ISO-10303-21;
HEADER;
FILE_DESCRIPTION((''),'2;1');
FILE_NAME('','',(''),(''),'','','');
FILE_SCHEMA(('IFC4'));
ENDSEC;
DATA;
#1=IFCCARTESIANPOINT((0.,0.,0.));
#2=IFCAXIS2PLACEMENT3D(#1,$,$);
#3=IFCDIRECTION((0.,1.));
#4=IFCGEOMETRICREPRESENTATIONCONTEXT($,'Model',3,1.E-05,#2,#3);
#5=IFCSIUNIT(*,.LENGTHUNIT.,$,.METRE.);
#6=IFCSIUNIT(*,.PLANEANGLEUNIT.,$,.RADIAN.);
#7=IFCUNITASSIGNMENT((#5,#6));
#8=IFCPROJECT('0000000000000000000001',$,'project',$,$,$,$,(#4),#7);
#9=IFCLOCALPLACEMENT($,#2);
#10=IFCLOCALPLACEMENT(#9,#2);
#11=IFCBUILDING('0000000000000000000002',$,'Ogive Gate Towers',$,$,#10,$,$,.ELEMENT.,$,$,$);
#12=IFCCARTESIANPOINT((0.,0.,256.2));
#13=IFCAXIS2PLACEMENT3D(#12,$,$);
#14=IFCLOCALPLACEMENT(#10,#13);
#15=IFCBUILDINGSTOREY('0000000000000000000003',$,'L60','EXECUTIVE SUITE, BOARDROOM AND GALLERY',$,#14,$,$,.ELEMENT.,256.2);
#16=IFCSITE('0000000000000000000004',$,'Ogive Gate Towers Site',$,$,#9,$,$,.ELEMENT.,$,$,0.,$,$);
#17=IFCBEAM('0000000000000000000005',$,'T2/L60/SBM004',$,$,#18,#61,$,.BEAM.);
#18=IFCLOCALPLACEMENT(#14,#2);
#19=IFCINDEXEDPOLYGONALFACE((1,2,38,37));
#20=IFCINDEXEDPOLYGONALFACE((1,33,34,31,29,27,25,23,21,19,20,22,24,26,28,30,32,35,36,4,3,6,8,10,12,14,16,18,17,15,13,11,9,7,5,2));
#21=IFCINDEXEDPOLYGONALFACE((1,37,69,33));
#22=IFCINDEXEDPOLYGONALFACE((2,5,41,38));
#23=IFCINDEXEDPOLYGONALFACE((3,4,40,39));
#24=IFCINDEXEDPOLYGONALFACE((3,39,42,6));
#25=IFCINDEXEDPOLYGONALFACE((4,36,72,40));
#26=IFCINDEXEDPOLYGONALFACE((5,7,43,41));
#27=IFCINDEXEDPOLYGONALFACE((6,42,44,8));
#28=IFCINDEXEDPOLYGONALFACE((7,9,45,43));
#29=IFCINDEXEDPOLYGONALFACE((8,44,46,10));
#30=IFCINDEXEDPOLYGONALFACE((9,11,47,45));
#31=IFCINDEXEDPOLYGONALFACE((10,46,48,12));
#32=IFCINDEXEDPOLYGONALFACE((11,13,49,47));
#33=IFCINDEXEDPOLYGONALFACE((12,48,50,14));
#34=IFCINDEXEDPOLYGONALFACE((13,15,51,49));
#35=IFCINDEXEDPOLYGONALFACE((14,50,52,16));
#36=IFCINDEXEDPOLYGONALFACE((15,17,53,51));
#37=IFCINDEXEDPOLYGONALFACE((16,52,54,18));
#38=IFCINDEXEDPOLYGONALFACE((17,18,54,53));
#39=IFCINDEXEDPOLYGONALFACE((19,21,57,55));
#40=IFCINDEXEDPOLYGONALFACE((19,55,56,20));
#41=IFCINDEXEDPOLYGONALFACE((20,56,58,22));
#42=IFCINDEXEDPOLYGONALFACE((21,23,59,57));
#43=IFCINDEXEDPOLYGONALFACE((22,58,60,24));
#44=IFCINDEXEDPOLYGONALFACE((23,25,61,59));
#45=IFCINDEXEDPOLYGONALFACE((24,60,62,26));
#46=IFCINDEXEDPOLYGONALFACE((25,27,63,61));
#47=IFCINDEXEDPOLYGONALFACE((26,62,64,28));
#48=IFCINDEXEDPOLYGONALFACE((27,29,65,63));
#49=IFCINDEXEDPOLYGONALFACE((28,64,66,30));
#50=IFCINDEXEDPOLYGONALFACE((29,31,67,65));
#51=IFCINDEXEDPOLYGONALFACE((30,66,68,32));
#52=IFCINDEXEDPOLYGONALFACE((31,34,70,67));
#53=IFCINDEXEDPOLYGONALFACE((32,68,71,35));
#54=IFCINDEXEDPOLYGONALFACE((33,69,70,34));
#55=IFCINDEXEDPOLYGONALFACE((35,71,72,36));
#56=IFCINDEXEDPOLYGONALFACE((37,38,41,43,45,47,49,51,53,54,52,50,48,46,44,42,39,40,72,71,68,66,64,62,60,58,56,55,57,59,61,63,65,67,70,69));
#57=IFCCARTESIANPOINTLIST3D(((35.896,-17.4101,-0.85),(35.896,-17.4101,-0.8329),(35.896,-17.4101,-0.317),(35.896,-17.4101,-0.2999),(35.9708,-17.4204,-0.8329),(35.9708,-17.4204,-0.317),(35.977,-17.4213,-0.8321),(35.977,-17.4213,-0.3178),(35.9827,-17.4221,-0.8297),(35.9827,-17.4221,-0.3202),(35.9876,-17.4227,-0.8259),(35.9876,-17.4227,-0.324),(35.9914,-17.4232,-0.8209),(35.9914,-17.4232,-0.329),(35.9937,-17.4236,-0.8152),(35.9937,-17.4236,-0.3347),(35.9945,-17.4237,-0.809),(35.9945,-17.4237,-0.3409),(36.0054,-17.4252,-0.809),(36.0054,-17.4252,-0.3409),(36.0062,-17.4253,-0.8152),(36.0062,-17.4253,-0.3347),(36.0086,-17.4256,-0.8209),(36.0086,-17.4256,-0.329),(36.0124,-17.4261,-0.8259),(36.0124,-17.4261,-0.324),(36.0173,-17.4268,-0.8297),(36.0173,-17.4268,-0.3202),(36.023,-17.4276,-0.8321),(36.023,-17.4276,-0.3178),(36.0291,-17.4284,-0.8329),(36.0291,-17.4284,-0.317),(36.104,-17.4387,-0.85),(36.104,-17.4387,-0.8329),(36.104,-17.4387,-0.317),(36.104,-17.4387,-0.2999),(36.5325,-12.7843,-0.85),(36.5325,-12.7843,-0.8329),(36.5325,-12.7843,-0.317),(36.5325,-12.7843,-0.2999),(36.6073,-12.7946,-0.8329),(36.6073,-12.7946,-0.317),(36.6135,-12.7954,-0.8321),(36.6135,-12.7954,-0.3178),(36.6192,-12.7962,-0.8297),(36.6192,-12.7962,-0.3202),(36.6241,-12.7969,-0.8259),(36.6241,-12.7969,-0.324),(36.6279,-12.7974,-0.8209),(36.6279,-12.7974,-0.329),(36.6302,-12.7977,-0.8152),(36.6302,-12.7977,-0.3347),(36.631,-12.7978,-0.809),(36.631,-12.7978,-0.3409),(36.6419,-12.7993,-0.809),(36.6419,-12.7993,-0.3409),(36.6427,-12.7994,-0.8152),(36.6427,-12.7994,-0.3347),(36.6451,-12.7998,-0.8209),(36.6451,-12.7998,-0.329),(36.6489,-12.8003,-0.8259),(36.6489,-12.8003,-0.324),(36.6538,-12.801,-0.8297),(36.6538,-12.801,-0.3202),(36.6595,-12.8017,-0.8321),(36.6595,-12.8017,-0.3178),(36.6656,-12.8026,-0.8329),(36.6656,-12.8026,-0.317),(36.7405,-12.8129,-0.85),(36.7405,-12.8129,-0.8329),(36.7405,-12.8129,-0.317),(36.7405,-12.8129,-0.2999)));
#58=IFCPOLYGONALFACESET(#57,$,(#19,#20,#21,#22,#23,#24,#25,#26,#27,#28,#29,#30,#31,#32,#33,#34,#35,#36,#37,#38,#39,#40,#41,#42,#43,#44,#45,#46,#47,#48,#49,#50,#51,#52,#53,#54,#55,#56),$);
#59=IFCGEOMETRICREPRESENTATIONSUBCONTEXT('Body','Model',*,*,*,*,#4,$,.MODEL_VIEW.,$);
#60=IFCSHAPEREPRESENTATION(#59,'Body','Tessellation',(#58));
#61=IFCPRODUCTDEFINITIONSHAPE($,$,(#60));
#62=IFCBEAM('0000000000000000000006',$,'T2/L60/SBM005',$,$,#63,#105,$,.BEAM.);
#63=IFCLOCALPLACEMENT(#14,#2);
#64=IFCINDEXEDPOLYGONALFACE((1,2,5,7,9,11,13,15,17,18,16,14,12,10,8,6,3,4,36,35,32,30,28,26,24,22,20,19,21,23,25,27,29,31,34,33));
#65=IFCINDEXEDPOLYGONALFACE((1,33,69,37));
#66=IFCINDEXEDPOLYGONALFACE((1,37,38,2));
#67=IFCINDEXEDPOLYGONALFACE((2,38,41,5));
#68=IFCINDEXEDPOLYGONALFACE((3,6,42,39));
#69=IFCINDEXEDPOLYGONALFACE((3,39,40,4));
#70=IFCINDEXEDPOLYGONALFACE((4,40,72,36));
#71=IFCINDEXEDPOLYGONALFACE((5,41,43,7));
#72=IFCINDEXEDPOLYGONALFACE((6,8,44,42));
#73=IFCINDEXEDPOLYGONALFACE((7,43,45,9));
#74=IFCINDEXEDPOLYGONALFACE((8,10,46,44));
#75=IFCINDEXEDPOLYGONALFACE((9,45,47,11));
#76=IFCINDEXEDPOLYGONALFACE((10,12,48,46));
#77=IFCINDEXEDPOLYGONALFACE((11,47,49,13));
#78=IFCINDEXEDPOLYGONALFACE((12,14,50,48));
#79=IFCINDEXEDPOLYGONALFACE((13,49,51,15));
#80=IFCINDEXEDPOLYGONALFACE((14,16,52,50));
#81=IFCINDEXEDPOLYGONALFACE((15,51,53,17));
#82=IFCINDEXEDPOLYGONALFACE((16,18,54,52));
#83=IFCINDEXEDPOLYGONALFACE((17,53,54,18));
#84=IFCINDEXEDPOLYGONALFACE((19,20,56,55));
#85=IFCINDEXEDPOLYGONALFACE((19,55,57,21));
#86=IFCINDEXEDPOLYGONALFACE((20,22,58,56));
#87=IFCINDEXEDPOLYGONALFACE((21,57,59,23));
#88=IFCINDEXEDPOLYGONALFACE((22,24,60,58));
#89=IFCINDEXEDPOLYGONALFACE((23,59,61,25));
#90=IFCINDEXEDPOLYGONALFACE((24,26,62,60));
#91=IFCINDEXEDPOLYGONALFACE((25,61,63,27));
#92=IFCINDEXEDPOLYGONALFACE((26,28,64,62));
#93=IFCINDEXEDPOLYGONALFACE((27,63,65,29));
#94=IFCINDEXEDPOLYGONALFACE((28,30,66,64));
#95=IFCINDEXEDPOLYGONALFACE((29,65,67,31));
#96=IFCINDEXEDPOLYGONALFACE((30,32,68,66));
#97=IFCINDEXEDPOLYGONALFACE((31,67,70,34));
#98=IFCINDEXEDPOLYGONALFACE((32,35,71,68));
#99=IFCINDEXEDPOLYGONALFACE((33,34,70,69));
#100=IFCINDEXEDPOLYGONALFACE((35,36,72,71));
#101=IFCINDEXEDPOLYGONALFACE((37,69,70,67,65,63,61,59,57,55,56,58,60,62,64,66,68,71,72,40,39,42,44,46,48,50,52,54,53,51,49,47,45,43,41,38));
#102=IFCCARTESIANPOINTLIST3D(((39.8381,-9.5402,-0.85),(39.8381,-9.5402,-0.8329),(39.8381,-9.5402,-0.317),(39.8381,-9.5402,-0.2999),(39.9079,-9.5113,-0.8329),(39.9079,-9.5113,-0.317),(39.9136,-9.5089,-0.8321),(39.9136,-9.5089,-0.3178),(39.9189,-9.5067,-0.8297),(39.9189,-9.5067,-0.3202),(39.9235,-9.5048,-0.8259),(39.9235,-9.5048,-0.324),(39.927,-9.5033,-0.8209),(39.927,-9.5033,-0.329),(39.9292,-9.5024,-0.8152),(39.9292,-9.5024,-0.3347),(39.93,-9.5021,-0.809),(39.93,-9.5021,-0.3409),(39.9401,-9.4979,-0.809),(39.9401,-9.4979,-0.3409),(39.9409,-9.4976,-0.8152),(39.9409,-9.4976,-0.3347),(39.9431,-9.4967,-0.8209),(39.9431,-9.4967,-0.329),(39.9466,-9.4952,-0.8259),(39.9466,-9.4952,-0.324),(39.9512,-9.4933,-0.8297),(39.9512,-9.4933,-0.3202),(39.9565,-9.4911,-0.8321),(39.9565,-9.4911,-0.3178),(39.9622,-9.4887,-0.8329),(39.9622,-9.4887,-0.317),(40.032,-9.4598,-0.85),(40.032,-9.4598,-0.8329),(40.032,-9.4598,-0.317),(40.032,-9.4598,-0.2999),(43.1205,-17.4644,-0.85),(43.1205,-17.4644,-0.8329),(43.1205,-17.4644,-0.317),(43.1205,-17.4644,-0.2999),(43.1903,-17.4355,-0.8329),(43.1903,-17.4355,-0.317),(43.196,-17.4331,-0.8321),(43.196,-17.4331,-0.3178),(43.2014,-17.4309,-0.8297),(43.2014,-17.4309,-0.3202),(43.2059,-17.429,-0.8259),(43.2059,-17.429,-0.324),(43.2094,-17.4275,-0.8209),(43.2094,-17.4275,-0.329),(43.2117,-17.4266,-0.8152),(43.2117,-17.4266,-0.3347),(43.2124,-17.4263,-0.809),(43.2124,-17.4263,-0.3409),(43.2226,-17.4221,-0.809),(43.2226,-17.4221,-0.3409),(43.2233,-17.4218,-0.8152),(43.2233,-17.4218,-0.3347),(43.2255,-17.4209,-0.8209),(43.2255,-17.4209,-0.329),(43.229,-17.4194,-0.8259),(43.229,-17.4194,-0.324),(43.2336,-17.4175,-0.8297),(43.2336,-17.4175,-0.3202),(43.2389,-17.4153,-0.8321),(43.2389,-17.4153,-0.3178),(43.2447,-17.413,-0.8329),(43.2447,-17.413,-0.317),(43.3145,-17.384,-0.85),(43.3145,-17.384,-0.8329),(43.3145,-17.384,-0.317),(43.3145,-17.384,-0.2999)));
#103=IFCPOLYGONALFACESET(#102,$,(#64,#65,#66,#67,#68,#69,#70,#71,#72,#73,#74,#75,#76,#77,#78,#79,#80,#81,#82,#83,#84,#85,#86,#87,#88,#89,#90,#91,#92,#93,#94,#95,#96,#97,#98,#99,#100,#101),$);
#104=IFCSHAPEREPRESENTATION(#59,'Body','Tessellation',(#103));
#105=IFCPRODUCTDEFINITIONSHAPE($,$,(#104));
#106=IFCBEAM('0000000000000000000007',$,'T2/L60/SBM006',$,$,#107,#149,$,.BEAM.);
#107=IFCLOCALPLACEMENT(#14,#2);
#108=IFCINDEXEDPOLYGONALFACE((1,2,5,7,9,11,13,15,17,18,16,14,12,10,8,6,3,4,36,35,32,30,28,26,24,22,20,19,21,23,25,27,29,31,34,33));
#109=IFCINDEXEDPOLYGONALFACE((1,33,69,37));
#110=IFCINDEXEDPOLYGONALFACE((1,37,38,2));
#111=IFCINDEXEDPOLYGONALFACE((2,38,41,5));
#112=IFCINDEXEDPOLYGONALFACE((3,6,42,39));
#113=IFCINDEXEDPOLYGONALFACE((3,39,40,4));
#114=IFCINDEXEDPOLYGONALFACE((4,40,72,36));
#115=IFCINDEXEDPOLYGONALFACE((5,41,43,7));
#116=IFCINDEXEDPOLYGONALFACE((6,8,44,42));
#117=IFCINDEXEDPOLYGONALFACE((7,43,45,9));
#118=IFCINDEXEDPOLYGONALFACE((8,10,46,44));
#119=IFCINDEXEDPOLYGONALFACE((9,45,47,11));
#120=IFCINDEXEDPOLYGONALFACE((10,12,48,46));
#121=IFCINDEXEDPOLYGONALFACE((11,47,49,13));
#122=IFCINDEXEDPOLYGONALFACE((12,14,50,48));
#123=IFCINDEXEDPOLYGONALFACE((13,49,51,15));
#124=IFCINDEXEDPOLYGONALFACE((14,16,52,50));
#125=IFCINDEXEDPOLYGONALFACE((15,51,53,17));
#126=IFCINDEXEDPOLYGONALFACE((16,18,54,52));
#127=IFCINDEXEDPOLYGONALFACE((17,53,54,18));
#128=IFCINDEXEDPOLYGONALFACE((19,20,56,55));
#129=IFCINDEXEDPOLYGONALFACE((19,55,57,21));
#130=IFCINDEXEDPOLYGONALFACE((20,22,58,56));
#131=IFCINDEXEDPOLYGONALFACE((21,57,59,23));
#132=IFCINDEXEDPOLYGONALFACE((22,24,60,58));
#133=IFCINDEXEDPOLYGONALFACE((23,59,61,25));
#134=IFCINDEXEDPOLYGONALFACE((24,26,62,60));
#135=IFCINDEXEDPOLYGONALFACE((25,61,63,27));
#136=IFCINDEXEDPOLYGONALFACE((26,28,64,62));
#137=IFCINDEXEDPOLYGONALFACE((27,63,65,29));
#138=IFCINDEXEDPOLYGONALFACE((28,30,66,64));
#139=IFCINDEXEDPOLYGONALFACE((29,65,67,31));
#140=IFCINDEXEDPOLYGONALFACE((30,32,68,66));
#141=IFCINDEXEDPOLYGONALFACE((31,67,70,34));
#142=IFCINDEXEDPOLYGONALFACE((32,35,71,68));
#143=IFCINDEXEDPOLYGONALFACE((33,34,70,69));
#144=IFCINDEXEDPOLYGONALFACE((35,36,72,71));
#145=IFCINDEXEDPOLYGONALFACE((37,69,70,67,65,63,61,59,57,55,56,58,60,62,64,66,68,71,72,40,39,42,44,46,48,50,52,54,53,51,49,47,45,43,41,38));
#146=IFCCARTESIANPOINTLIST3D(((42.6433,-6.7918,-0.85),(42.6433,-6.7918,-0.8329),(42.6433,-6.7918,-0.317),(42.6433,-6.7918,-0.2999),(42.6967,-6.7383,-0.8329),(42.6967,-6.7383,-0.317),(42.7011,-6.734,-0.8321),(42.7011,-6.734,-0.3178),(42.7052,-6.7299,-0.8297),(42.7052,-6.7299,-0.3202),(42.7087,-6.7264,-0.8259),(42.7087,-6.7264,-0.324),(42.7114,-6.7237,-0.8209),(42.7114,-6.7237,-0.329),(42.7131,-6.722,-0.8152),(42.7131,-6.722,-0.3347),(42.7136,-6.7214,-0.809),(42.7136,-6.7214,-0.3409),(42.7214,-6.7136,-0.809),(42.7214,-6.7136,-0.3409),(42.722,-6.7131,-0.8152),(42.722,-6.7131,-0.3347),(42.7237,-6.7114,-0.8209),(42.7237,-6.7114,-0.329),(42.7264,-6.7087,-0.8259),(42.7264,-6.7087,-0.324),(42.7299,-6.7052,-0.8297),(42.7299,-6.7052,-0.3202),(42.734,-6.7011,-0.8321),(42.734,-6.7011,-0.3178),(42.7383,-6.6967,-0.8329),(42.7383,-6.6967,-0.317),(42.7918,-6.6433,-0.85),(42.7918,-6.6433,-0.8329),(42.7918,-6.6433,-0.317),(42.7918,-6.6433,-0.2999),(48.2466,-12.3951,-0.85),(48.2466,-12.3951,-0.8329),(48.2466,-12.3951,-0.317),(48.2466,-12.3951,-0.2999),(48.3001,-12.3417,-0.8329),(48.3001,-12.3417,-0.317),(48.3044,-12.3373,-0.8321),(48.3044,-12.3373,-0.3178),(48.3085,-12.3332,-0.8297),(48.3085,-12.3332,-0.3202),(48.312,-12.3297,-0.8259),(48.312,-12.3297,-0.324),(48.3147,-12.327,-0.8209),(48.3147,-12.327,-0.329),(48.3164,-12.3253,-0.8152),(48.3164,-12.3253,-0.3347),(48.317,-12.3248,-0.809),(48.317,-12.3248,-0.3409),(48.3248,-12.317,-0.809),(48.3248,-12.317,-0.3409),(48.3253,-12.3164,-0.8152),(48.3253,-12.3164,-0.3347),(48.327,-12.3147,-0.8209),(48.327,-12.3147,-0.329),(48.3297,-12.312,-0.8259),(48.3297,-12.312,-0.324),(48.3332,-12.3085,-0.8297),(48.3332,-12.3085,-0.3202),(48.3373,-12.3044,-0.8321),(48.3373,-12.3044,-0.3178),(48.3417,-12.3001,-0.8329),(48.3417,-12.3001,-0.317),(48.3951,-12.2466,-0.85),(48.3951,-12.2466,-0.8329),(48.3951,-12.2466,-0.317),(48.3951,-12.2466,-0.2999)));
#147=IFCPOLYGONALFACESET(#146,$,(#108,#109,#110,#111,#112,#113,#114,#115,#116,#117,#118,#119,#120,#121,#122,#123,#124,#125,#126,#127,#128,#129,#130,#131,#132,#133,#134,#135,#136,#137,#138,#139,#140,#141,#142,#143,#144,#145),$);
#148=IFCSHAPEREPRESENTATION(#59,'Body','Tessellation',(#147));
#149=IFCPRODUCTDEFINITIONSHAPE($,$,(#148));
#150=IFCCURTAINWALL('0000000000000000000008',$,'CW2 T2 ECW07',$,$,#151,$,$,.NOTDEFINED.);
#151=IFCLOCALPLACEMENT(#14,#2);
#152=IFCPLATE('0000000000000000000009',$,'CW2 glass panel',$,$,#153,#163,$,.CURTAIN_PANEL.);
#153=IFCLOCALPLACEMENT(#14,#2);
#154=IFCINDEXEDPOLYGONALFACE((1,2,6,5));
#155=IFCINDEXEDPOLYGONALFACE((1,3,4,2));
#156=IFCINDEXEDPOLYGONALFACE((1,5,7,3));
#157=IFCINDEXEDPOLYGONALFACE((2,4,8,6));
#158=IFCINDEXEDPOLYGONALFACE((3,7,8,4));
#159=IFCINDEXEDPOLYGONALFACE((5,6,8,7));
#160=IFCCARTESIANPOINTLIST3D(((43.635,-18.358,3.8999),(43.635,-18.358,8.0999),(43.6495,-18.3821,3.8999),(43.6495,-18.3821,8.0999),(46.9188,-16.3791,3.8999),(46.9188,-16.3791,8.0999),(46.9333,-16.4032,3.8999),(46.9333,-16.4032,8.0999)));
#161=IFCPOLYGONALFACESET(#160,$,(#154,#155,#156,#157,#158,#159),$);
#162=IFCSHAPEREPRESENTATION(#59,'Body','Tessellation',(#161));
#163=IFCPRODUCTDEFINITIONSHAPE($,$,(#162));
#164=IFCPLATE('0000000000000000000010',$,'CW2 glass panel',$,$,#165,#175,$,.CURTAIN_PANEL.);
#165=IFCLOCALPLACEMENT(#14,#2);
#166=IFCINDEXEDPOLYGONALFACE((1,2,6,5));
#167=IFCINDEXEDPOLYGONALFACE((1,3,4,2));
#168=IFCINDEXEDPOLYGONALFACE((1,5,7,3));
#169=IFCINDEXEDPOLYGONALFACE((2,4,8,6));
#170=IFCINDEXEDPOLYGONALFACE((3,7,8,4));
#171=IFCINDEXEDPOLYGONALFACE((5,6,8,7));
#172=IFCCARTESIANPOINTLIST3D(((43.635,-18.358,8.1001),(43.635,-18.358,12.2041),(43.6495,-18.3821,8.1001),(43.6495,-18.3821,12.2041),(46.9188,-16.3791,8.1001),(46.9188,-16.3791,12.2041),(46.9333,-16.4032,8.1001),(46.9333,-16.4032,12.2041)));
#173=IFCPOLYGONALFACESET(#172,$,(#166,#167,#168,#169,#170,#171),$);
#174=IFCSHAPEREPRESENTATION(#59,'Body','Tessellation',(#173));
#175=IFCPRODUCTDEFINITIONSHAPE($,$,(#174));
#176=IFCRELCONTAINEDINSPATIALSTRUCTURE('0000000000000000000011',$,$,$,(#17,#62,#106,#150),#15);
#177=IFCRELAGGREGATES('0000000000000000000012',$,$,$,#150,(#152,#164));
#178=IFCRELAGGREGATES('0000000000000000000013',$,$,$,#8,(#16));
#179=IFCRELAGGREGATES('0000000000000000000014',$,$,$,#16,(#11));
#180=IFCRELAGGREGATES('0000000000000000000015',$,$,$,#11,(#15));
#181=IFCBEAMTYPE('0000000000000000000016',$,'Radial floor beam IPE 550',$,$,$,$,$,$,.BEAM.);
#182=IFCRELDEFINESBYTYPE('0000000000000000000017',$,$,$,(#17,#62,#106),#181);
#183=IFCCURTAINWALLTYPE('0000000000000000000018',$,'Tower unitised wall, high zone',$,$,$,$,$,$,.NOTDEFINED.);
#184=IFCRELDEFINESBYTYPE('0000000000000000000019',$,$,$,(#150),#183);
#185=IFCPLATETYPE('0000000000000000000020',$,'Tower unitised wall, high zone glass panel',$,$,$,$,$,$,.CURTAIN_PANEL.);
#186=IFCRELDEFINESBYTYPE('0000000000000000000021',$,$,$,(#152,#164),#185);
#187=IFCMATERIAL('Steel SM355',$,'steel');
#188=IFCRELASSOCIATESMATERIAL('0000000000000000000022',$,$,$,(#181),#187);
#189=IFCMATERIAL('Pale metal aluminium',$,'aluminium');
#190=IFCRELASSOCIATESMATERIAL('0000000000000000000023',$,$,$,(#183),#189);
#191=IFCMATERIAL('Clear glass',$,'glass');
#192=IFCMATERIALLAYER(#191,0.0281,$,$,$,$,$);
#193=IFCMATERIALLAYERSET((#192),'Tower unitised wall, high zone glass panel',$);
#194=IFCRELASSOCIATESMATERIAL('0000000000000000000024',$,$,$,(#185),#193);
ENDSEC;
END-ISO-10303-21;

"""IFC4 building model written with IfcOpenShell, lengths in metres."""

from ifc_helpers import new_model, si_unit, direction, frame, origin, origin_2d, place, context, subcontext, project, spatial, rectangle, i_section, extrude, material, layer, layer_set, material_profile, profile_set, type_object, element, aggregate, save


model = new_model("IFC4")

# Units and contexts
model_context = context("Model", 3, precision=1e-05, world=origin(), true_north=direction((0.0, 1.0)))
body_context = subcontext(model_context, "Body", "Model", "MODEL_VIEW")
ifc_project = project(units=[si_unit("LENGTHUNIT", "METRE"), si_unit("PLANEANGLEUNIT", "RADIAN")], contexts=[model_context])

# Site, building, storey
site_placement = place(None, origin())
site = spatial("IfcSite", under=ifc_project, at=site_placement, Name="Ogive Gate Towers Site", CompositionType="ELEMENT", RefElevation=0.0)
building_placement = place(site_placement, origin())
building = spatial("IfcBuilding", under=site, at=building_placement, Name="Ogive Gate Towers", CompositionType="ELEMENT")
storey_placement = place(building_placement, frame((0.0, 0.0, 256.2)))
storey = spatial("IfcBuildingStorey", under=building, at=storey_placement, Name="L60", Description="EXECUTIVE SUITE, BOARDROOM AND GALLERY", CompositionType="ELEMENT", Elevation=256.2)

# Beams
ifc_material_1 = material(Name="Steel SM355", Category="steel")
ifc_material_profile = material_profile(ifc_material_1, i_section(OverallWidth=0.21, OverallDepth=0.55, WebThickness=0.011, FlangeThickness=0.0171, FilletRadius=0.0239, at=origin_2d()), Name="IPE 550")
ifc_profile_set = profile_set([ifc_material_profile], Name="Steel SM355")
beam_type = type_object("IfcBeamType", Name="Radial floor beam IPE 550", PredefinedType="BEAM", material=ifc_profile_set)
beam_1_placement = place(storey_placement, frame((36.6365, -12.7986, -0.575), z_axis=(-0.13631, -0.990666, 0.0), x_axis=(0.990666, -0.13631, 0.0)))
element("IfcBeam", 1, at=beam_1_placement, inside=storey, type_object=beam_type, Name="T2/L60/SBM004", PredefinedType="BEAM", context=body_context, shape_type="SweptSolid", body=[
    extrude(i_section(OverallWidth=0.21, OverallDepth=0.55, WebThickness=0.011, FlangeThickness=0.0171, FilletRadius=0.0239, at=origin_2d()), origin(), (0.0, 0.0, 1.0), 4.6694),
])
beam_2_placement = place(storey_placement, frame((39.9351, -9.5, -0.575), z_axis=(0.382695, -0.923875, 0.0), x_axis=(0.923875, 0.382695, 0.0)))
element("IfcBeam", 2, at=beam_2_placement, inside=storey, type_object=beam_type, Name="T2/L60/SBM005", PredefinedType="BEAM", context=body_context, shape_type="SweptSolid", body=[
    extrude(i_section(OverallWidth=0.21, OverallDepth=0.55, WebThickness=0.011, FlangeThickness=0.0171, FilletRadius=0.0239, at=origin_2d()), origin(), (0.0, 0.0, 1.0), 8.5771),
])
beam_3_placement = place(storey_placement, frame((42.7175, -6.7175, -0.575), z_axis=(0.707107, -0.707107, 0.0), x_axis=(0.707107, 0.707107, 0.0)))
element("IfcBeam", 3, at=beam_3_placement, inside=storey, type_object=beam_type, Name="T2/L60/SBM006", PredefinedType="BEAM", context=body_context, shape_type="SweptSolid", body=[
    extrude(i_section(OverallWidth=0.21, OverallDepth=0.55, WebThickness=0.011, FlangeThickness=0.0171, FilletRadius=0.0239, at=origin_2d()), origin(), (0.0, 0.0, 1.0), 7.9243),
])

# Curtain wall, plates
ifc_material_2 = material(Name="Pale metal aluminium", Category="aluminium")
curtain_wall_type = type_object("IfcCurtainWallType", Name="Tower unitised wall, high zone", PredefinedType="NOTDEFINED", material=ifc_material_2)
curtain_wall_placement = place(storey_placement, origin())
curtain_wall = element("IfcCurtainWall", 4, at=curtain_wall_placement, inside=storey, type_object=curtain_wall_type, Name="CW2 T2 ECW07", PredefinedType="NOTDEFINED")
ifc_material_3 = material(Name="Clear glass", Category="glass")
ifc_layer_1 = layer(ifc_material_3, 0.0281)
ifc_layer_set_1 = layer_set([ifc_layer_1], Name="Tower unitised wall, high zone glass panel")
plate_type = type_object("IfcPlateType", Name="Tower unitised wall, high zone glass panel", PredefinedType="CURTAIN_PANEL", material=ifc_layer_set_1)
plate_1_placement = place(storey_placement, frame((45.2842, -17.3806, 3.8999), z_axis=(0.0, 0.0, 1.0), x_axis=(0.856501, 0.516145, 0.0)))
plate_1 = element("IfcPlate", 5, at=plate_1_placement, type_object=plate_type, Name="CW2 glass panel", PredefinedType="CURTAIN_PANEL", context=body_context, shape_type="SweptSolid", body=[
    extrude(rectangle(XDim=3.834, YDim=0.0281, at=origin_2d()), origin(), (0.0, 0.0, 1.0), 4.2),
])
plate_2_placement = place(storey_placement, frame((45.2842, -17.3806, 8.1001), z_axis=(0.0, 0.0, 1.0), x_axis=(0.856501, 0.516145, 0.0)))
plate_2 = element("IfcPlate", 6, at=plate_2_placement, type_object=plate_type, Name="CW2 glass panel", PredefinedType="CURTAIN_PANEL", context=body_context, shape_type="SweptSolid", body=[
    extrude(rectangle(XDim=3.834, YDim=0.0281, at=origin_2d()), origin(), (0.0, 0.0, 1.0), 4.104),
])
aggregate(curtain_wall, [plate_1, plate_2])

save(model, "model.ifc")
